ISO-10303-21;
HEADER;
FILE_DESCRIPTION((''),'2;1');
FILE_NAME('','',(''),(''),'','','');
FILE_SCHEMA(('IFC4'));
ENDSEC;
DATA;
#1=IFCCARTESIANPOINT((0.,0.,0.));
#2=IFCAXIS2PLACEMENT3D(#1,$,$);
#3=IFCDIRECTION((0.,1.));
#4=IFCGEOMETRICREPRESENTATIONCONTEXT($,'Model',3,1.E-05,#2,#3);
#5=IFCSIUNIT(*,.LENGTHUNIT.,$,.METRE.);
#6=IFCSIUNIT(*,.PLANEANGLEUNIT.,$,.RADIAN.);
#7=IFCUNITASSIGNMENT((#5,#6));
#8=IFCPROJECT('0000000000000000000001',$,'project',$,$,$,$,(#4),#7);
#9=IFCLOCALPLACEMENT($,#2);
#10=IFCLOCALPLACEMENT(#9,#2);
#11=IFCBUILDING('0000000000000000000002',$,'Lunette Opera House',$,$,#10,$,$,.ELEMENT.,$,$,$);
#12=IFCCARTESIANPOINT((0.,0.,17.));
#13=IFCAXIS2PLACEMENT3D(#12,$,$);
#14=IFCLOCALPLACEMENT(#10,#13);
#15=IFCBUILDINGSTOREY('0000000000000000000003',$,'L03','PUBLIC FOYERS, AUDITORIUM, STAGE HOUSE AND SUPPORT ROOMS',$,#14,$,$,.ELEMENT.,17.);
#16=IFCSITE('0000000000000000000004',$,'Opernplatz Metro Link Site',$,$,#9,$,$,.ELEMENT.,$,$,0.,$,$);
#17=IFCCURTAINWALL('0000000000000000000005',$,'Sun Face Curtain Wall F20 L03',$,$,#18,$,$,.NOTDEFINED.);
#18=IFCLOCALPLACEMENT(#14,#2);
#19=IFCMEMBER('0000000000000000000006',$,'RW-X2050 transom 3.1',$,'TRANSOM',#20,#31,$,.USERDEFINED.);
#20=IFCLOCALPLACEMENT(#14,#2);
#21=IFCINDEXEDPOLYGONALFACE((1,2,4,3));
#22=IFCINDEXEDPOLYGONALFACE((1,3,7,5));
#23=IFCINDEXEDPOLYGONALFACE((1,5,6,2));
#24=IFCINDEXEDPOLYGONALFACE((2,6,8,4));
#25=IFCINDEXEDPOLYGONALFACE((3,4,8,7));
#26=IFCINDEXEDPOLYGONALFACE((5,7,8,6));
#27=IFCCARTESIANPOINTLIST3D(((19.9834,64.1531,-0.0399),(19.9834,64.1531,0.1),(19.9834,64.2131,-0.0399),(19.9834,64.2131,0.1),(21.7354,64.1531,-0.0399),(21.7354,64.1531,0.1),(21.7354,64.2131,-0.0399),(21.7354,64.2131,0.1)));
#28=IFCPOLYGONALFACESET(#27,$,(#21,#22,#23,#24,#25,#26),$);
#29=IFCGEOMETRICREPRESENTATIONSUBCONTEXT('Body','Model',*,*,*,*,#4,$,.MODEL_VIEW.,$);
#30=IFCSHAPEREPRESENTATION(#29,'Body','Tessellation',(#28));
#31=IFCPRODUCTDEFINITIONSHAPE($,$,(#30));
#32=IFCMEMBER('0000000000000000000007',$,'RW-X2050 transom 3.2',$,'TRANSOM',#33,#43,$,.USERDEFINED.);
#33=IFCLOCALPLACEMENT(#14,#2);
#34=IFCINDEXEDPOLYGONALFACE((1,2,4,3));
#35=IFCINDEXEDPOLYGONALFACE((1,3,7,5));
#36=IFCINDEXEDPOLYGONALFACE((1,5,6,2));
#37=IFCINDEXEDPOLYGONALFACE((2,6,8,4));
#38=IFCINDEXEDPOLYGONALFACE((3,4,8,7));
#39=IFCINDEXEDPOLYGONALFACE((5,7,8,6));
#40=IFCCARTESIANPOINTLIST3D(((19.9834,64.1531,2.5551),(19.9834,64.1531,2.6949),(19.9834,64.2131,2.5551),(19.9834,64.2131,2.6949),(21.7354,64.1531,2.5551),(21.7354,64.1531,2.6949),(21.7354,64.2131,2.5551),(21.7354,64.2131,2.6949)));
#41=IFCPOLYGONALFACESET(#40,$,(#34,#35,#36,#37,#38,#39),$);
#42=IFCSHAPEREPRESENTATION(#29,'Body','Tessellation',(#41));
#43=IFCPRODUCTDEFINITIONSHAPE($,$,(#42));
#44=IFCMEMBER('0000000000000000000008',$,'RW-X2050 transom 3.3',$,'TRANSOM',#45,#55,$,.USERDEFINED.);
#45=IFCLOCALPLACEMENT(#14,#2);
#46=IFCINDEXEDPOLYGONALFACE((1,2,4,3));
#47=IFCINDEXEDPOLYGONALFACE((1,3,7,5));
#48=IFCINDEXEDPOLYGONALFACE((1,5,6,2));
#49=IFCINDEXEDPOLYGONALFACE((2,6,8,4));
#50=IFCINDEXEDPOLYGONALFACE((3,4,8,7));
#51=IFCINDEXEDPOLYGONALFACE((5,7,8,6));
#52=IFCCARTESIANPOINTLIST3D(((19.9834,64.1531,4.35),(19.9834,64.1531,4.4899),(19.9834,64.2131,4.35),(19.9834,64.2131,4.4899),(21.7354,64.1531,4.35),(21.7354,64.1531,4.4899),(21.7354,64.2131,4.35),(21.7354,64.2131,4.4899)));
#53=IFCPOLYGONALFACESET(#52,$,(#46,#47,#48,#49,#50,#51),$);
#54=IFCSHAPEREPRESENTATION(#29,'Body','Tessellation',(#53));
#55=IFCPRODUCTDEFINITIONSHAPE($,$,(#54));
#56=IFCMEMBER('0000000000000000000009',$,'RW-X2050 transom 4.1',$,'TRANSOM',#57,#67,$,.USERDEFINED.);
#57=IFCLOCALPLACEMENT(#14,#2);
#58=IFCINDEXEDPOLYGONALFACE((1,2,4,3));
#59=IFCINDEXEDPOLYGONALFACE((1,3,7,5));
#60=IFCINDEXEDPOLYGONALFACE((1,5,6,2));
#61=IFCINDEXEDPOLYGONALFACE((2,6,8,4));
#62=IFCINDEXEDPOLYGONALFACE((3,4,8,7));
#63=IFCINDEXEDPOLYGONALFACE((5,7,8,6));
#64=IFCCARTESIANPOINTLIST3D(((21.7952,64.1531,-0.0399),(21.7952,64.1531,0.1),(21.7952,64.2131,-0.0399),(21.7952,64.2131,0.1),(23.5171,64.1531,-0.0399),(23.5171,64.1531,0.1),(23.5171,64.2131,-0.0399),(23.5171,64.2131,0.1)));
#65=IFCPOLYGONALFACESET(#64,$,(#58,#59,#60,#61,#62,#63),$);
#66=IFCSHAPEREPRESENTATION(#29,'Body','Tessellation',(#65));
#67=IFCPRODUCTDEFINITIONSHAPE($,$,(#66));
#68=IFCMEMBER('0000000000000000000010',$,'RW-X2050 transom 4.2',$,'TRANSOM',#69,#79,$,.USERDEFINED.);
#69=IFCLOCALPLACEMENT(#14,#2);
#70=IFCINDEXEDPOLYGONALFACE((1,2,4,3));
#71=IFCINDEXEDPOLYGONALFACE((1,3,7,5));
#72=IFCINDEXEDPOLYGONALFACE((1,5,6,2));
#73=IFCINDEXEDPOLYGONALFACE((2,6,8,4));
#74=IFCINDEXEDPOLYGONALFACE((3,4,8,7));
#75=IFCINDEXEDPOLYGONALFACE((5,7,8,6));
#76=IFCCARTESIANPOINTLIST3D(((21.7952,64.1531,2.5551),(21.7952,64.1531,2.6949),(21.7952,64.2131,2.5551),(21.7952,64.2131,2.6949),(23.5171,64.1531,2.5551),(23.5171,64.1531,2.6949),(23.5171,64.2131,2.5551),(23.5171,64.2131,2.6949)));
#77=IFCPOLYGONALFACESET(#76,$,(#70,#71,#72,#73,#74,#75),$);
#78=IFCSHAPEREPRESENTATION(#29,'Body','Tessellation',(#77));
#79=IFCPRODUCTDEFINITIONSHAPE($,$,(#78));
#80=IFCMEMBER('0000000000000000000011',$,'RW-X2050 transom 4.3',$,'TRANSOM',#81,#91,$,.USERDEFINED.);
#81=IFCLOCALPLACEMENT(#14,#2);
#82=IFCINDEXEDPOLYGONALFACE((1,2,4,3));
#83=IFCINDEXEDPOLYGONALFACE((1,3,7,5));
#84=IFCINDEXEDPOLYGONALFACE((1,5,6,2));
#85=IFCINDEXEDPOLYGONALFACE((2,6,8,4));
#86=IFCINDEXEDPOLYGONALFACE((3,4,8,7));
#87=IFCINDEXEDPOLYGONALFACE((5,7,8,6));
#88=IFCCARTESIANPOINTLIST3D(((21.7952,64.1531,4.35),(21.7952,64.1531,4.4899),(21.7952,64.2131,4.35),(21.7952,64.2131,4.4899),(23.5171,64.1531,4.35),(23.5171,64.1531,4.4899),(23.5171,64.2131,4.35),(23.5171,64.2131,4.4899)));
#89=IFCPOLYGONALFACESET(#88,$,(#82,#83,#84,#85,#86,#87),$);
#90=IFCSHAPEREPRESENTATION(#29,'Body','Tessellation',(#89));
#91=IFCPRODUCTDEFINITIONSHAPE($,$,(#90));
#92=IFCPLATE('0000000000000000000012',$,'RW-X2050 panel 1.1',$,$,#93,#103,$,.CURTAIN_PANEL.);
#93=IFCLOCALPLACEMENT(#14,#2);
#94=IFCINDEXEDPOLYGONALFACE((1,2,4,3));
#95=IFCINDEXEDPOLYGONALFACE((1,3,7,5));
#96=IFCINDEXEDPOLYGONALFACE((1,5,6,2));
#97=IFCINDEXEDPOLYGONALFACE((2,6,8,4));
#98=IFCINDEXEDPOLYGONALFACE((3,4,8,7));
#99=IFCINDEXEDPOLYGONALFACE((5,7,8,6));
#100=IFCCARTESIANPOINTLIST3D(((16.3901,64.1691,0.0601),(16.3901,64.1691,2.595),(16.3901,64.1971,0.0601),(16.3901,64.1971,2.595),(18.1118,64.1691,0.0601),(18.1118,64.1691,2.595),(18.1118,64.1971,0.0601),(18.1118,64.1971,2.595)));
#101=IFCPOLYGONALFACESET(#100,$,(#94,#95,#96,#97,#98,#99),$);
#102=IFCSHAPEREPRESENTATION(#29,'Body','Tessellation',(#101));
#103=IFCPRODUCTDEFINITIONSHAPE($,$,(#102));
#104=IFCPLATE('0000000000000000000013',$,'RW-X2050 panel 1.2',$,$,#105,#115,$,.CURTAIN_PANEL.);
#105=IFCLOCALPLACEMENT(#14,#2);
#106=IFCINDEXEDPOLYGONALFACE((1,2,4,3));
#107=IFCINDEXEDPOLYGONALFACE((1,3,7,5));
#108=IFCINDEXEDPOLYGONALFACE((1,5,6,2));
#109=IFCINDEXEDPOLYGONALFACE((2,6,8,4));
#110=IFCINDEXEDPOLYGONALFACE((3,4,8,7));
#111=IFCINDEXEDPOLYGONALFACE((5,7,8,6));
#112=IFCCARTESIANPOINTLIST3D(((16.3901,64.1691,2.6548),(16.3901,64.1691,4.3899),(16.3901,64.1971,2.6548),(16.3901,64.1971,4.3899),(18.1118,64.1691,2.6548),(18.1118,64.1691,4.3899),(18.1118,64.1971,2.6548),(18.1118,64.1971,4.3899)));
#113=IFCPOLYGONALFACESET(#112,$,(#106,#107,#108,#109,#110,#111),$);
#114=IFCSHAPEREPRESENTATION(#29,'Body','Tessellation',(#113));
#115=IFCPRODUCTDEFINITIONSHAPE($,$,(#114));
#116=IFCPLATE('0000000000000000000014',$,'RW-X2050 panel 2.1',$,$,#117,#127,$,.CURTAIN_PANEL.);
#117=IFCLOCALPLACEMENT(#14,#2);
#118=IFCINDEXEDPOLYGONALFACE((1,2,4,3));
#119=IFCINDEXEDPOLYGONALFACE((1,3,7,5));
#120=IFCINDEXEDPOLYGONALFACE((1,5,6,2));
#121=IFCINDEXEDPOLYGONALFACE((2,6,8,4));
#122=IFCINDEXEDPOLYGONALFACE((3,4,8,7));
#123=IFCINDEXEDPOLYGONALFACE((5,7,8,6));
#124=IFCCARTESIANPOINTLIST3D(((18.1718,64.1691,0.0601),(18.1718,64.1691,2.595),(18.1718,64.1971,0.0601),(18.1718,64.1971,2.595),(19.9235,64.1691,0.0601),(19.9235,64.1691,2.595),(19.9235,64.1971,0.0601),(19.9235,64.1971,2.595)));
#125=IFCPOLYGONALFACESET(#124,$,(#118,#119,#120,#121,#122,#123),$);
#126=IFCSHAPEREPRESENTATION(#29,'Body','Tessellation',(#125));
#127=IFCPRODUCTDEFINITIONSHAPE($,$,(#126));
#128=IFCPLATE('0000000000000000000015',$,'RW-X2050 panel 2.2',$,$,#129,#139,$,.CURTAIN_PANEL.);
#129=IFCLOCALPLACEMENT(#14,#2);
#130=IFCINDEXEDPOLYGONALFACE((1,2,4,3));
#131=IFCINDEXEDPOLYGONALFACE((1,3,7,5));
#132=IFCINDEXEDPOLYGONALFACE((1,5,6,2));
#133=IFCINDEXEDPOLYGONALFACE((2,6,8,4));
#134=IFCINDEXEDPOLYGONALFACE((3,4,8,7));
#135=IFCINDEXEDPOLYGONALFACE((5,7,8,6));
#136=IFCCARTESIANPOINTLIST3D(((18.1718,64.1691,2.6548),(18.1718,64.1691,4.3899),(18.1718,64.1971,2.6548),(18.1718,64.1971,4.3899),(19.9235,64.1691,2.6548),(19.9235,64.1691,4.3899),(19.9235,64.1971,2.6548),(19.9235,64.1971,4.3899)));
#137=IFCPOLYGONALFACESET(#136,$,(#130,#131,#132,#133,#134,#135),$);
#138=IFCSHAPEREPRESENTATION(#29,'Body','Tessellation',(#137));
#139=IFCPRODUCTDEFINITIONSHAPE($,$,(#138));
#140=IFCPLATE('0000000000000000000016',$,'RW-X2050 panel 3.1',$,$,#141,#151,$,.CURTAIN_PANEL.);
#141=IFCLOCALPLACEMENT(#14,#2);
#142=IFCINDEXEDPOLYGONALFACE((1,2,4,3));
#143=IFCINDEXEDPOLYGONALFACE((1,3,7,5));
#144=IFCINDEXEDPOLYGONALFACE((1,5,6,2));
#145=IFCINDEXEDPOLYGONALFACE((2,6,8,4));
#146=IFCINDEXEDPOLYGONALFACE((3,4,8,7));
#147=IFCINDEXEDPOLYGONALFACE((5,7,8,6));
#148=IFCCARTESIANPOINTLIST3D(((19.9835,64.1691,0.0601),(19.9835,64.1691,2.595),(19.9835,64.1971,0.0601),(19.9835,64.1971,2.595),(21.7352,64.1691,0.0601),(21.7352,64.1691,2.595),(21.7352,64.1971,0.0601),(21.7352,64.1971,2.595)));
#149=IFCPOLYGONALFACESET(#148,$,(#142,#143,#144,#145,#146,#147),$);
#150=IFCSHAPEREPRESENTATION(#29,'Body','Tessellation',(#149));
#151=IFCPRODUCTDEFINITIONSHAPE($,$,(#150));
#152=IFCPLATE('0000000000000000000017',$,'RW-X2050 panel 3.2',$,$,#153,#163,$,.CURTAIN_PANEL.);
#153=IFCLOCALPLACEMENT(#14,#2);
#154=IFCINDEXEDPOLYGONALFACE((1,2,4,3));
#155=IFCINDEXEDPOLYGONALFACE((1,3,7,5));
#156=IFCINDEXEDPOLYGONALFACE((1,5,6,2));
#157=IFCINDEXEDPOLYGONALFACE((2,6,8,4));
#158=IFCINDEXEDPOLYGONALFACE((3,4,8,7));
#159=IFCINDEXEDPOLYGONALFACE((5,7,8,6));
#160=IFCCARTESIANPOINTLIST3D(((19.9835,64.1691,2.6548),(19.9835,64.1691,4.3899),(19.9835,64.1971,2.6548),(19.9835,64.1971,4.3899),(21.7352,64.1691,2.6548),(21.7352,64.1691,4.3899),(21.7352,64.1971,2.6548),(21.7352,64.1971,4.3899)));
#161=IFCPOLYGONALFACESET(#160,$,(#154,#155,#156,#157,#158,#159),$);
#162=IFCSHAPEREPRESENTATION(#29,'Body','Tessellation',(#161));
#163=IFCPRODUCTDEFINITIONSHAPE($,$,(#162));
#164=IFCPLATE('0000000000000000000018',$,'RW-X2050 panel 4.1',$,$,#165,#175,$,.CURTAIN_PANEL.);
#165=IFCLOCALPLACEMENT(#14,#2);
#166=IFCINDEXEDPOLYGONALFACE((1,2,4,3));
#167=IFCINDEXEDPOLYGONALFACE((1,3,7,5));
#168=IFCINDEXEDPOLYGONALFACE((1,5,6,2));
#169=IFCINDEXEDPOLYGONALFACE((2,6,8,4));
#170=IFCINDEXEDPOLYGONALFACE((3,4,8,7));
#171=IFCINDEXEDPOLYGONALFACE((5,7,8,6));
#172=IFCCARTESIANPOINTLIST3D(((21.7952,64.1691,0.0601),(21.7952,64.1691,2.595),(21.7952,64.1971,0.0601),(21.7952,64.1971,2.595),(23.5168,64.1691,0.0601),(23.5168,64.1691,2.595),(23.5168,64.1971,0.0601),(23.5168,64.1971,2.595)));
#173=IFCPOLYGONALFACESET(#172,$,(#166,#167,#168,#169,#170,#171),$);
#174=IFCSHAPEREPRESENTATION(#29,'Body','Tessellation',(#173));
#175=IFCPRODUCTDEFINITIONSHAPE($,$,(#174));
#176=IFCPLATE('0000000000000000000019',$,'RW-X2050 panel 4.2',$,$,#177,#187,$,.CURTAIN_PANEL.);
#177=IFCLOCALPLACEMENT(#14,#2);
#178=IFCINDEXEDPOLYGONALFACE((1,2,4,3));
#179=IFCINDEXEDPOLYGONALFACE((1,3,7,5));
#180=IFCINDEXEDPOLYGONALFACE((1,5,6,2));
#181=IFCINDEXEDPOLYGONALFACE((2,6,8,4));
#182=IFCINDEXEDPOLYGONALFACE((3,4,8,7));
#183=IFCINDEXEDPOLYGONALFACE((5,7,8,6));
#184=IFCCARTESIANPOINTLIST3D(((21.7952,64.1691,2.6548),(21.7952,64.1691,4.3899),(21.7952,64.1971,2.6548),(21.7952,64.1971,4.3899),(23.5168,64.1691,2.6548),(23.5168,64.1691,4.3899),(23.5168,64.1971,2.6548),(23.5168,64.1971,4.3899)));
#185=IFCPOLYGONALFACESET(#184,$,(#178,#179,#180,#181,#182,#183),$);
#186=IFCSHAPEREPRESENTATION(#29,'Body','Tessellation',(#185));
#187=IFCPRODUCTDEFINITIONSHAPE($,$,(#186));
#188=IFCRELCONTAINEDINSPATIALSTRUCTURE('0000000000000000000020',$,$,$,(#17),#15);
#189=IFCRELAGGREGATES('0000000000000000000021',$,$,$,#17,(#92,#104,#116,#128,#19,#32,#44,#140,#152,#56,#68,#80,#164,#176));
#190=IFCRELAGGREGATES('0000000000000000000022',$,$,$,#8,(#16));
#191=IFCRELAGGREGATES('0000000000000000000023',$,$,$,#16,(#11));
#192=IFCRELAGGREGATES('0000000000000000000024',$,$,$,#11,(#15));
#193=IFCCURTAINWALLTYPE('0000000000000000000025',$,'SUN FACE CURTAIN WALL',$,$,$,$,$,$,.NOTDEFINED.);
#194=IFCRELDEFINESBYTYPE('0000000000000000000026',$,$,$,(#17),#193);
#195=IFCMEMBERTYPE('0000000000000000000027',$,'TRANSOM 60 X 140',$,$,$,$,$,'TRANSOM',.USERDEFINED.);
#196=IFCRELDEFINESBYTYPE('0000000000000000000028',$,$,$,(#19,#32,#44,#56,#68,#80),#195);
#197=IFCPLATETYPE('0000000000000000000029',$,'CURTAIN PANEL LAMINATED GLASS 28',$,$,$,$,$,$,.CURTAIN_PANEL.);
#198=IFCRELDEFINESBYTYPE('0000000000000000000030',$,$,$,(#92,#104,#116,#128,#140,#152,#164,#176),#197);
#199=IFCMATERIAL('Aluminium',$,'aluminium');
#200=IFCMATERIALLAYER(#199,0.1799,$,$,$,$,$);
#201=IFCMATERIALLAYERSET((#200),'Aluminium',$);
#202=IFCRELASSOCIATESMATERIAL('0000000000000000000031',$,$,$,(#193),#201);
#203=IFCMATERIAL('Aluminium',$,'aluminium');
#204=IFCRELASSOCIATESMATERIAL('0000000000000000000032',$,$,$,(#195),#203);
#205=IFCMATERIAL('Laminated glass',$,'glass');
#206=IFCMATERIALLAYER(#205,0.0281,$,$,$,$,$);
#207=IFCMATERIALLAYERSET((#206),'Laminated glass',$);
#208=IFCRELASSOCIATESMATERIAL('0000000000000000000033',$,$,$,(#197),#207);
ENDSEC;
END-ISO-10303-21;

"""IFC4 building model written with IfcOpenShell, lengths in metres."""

from ifc_helpers import new_model, si_unit, direction, frame, origin, origin_2d, place, context, subcontext, project, spatial, rectangle, extrude, material, layer, layer_set, material_profile, profile_set, type_object, element, aggregate, save


model = new_model("IFC4")

# Units and contexts
model_context = context("Model", 3, precision=1e-05, world=origin(), true_north=direction((0.0, 1.0)))
body_context = subcontext(model_context, "Body", "Model", "MODEL_VIEW")
ifc_project = project(units=[si_unit("LENGTHUNIT", "METRE"), si_unit("PLANEANGLEUNIT", "RADIAN")], contexts=[model_context])

# Site, building, storey
site_placement = place(None, origin())
site = spatial("IfcSite", under=ifc_project, at=site_placement, Name="Opernplatz Metro Link Site", CompositionType="ELEMENT", RefElevation=0.0)
building_placement = place(site_placement, origin())
building = spatial("IfcBuilding", under=site, at=building_placement, Name="Lunette Opera House", CompositionType="ELEMENT")
storey_placement = place(building_placement, frame((0.0, 0.0, 17.0)))
storey = spatial("IfcBuildingStorey", under=building, at=storey_placement, Name="L03", Description="PUBLIC FOYERS, AUDITORIUM, STAGE HOUSE AND SUPPORT ROOMS", CompositionType="ELEMENT", Elevation=17.0)

# Curtain wall
ifc_material_1 = material(Name="Aluminium", Category="aluminium")
ifc_layer_1 = layer(ifc_material_1, 0.1799)
ifc_layer_set_1 = layer_set([ifc_layer_1], Name="Aluminium")
curtain_wall_type = type_object("IfcCurtainWallType", Name="SUN FACE CURTAIN WALL", PredefinedType="NOTDEFINED", material=ifc_layer_set_1)
curtain_wall_placement = place(storey_placement, origin())
curtain_wall = element("IfcCurtainWall", 1, at=curtain_wall_placement, inside=storey, type_object=curtain_wall_type, Name="Sun Face Curtain Wall F20 L03", PredefinedType="NOTDEFINED")

# Members
ifc_material_2 = material(Name="Aluminium", Category="aluminium")
ifc_material_profile_1 = material_profile(ifc_material_2, rectangle(XDim=0.0601, YDim=0.1399, at=origin_2d()), Name="TRANSOM 60 X 140")
ifc_profile_set_1 = profile_set([ifc_material_profile_1], Name="Aluminium")
member_type_1 = type_object("IfcMemberType", Name="TRANSOM 60 X 140", ElementType="TRANSOM", PredefinedType="USERDEFINED", material=ifc_profile_set_1)
member_1_placement = place(storey_placement, frame((19.9834, 64.1831, 0.03), z_axis=(1.0, 0.0, 0.0), x_axis=(0.0, 1.0, 0.0)))
member_1 = element("IfcMember", 2, at=member_1_placement, type_object=member_type_1, Name="RW-X2050 transom 3.1", ObjectType="TRANSOM", PredefinedType="USERDEFINED", context=body_context, shape_type="SweptSolid", body=[
    extrude(rectangle(XDim=0.0601, YDim=0.1399, at=origin_2d()), origin(), (0.0, 0.0, 1.0), 1.752),
])
member_2_placement = place(storey_placement, frame((19.9834, 64.1831, 2.625), z_axis=(1.0, 0.0, 0.0), x_axis=(0.0, 1.0, 0.0)))
member_2 = element("IfcMember", 3, at=member_2_placement, type_object=member_type_1, Name="RW-X2050 transom 3.2", ObjectType="TRANSOM", PredefinedType="USERDEFINED", context=body_context, shape_type="SweptSolid", body=[
    extrude(rectangle(XDim=0.0601, YDim=0.1399, at=origin_2d()), origin(), (0.0, 0.0, 1.0), 1.752),
])
member_3_placement = place(storey_placement, frame((19.9834, 64.1831, 4.4199), z_axis=(1.0, 0.0, 0.0), x_axis=(0.0, 1.0, 0.0)))
member_3 = element("IfcMember", 4, at=member_3_placement, type_object=member_type_1, Name="RW-X2050 transom 3.3", ObjectType="TRANSOM", PredefinedType="USERDEFINED", context=body_context, shape_type="SweptSolid", body=[
    extrude(rectangle(XDim=0.0601, YDim=0.1399, at=origin_2d()), origin(), (0.0, 0.0, 1.0), 1.752),
])
member_4_placement = place(storey_placement, frame((21.7952, 64.1831, 0.03), z_axis=(1.0, 0.0, 0.0), x_axis=(0.0, 1.0, 0.0)))
member_4 = element("IfcMember", 5, at=member_4_placement, type_object=member_type_1, Name="RW-X2050 transom 4.1", ObjectType="TRANSOM", PredefinedType="USERDEFINED", context=body_context, shape_type="SweptSolid", body=[
    extrude(rectangle(XDim=0.0601, YDim=0.1399, at=origin_2d()), origin(), (0.0, 0.0, 1.0), 1.7219),
])
member_5_placement = place(storey_placement, frame((21.7952, 64.1831, 2.625), z_axis=(1.0, 0.0, 0.0), x_axis=(0.0, 1.0, 0.0)))
member_5 = element("IfcMember", 6, at=member_5_placement, type_object=member_type_1, Name="RW-X2050 transom 4.2", ObjectType="TRANSOM", PredefinedType="USERDEFINED", context=body_context, shape_type="SweptSolid", body=[
    extrude(rectangle(XDim=0.0601, YDim=0.1399, at=origin_2d()), origin(), (0.0, 0.0, 1.0), 1.7219),
])
member_6_placement = place(storey_placement, frame((21.7952, 64.1831, 4.4199), z_axis=(1.0, 0.0, 0.0), x_axis=(0.0, 1.0, 0.0)))
member_6 = element("IfcMember", 7, at=member_6_placement, type_object=member_type_1, Name="RW-X2050 transom 4.3", ObjectType="TRANSOM", PredefinedType="USERDEFINED", context=body_context, shape_type="SweptSolid", body=[
    extrude(rectangle(XDim=0.0601, YDim=0.1399, at=origin_2d()), origin(), (0.0, 0.0, 1.0), 1.7219),
])

# Plates
ifc_material_3 = material(Name="Laminated glass", Category="glass")
ifc_layer_2 = layer(ifc_material_3, 0.0281)
ifc_layer_set_2 = layer_set([ifc_layer_2], Name="Laminated glass")
plate_type = type_object("IfcPlateType", Name="CURTAIN PANEL LAMINATED GLASS 28", PredefinedType="CURTAIN_PANEL", material=ifc_layer_set_2)
plate_1_placement = place(storey_placement, frame((17.251, 64.1831, 0.0601), z_axis=(0.0, 0.0, 1.0), x_axis=(1.0, 0.0, 0.0)))
plate_1 = element("IfcPlate", 8, at=plate_1_placement, type_object=plate_type, Name="RW-X2050 panel 1.1", PredefinedType="CURTAIN_PANEL", context=body_context, shape_type="SweptSolid", body=[
    extrude(rectangle(XDim=1.7217, YDim=0.0281, at=origin_2d()), origin(), (0.0, 0.0, 1.0), 2.5349),
])
plate_2_placement = place(storey_placement, frame((17.251, 64.1831, 2.6548), z_axis=(0.0, 0.0, 1.0), x_axis=(1.0, 0.0, 0.0)))
plate_2 = element("IfcPlate", 9, at=plate_2_placement, type_object=plate_type, Name="RW-X2050 panel 1.2", PredefinedType="CURTAIN_PANEL", context=body_context, shape_type="SweptSolid", body=[
    extrude(rectangle(XDim=1.7217, YDim=0.0281, at=origin_2d()), origin(), (0.0, 0.0, 1.0), 1.7351),
])
plate_3_placement = place(storey_placement, frame((19.0476, 64.1831, 0.0601), z_axis=(0.0, 0.0, 1.0), x_axis=(1.0, 0.0, 0.0)))
plate_3 = element("IfcPlate", 10, at=plate_3_placement, type_object=plate_type, Name="RW-X2050 panel 2.1", PredefinedType="CURTAIN_PANEL", context=body_context, shape_type="SweptSolid", body=[
    extrude(rectangle(XDim=1.7517, YDim=0.0281, at=origin_2d()), origin(), (0.0, 0.0, 1.0), 2.5349),
])
plate_4_placement = place(storey_placement, frame((19.0476, 64.1831, 2.6548), z_axis=(0.0, 0.0, 1.0), x_axis=(1.0, 0.0, 0.0)))
plate_4 = element("IfcPlate", 11, at=plate_4_placement, type_object=plate_type, Name="RW-X2050 panel 2.2", PredefinedType="CURTAIN_PANEL", context=body_context, shape_type="SweptSolid", body=[
    extrude(rectangle(XDim=1.7517, YDim=0.0281, at=origin_2d()), origin(), (0.0, 0.0, 1.0), 1.7351),
])
plate_5_placement = place(storey_placement, frame((20.8594, 64.1831, 0.0601), z_axis=(0.0, 0.0, 1.0), x_axis=(1.0, 0.0, 0.0)))
plate_5 = element("IfcPlate", 12, at=plate_5_placement, type_object=plate_type, Name="RW-X2050 panel 3.1", PredefinedType="CURTAIN_PANEL", context=body_context, shape_type="SweptSolid", body=[
    extrude(rectangle(XDim=1.7517, YDim=0.0281, at=origin_2d()), origin(), (0.0, 0.0, 1.0), 2.5349),
])
plate_6_placement = place(storey_placement, frame((20.8594, 64.1831, 2.6548), z_axis=(0.0, 0.0, 1.0), x_axis=(1.0, 0.0, 0.0)))
plate_6 = element("IfcPlate", 13, at=plate_6_placement, type_object=plate_type, Name="RW-X2050 panel 3.2", PredefinedType="CURTAIN_PANEL", context=body_context, shape_type="SweptSolid", body=[
    extrude(rectangle(XDim=1.7517, YDim=0.0281, at=origin_2d()), origin(), (0.0, 0.0, 1.0), 1.7351),
])
plate_7_placement = place(storey_placement, frame((22.656, 64.1831, 0.0601), z_axis=(0.0, 0.0, 1.0), x_axis=(1.0, 0.0, 0.0)))
plate_7 = element("IfcPlate", 14, at=plate_7_placement, type_object=plate_type, Name="RW-X2050 panel 4.1", PredefinedType="CURTAIN_PANEL", context=body_context, shape_type="SweptSolid", body=[
    extrude(rectangle(XDim=1.7217, YDim=0.0281, at=origin_2d()), origin(), (0.0, 0.0, 1.0), 2.5349),
])
plate_8_placement = place(storey_placement, frame((22.656, 64.1831, 2.6548), z_axis=(0.0, 0.0, 1.0), x_axis=(1.0, 0.0, 0.0)))
plate_8 = element("IfcPlate", 15, at=plate_8_placement, type_object=plate_type, Name="RW-X2050 panel 4.2", PredefinedType="CURTAIN_PANEL", context=body_context, shape_type="SweptSolid", body=[
    extrude(rectangle(XDim=1.7217, YDim=0.0281, at=origin_2d()), origin(), (0.0, 0.0, 1.0), 1.7351),
])
aggregate(curtain_wall, [plate_1, plate_2, plate_3, plate_4, member_1, member_2, member_3, plate_5, plate_6, member_4, member_5, member_6, plate_7, plate_8])

save(model, "model.ifc")
